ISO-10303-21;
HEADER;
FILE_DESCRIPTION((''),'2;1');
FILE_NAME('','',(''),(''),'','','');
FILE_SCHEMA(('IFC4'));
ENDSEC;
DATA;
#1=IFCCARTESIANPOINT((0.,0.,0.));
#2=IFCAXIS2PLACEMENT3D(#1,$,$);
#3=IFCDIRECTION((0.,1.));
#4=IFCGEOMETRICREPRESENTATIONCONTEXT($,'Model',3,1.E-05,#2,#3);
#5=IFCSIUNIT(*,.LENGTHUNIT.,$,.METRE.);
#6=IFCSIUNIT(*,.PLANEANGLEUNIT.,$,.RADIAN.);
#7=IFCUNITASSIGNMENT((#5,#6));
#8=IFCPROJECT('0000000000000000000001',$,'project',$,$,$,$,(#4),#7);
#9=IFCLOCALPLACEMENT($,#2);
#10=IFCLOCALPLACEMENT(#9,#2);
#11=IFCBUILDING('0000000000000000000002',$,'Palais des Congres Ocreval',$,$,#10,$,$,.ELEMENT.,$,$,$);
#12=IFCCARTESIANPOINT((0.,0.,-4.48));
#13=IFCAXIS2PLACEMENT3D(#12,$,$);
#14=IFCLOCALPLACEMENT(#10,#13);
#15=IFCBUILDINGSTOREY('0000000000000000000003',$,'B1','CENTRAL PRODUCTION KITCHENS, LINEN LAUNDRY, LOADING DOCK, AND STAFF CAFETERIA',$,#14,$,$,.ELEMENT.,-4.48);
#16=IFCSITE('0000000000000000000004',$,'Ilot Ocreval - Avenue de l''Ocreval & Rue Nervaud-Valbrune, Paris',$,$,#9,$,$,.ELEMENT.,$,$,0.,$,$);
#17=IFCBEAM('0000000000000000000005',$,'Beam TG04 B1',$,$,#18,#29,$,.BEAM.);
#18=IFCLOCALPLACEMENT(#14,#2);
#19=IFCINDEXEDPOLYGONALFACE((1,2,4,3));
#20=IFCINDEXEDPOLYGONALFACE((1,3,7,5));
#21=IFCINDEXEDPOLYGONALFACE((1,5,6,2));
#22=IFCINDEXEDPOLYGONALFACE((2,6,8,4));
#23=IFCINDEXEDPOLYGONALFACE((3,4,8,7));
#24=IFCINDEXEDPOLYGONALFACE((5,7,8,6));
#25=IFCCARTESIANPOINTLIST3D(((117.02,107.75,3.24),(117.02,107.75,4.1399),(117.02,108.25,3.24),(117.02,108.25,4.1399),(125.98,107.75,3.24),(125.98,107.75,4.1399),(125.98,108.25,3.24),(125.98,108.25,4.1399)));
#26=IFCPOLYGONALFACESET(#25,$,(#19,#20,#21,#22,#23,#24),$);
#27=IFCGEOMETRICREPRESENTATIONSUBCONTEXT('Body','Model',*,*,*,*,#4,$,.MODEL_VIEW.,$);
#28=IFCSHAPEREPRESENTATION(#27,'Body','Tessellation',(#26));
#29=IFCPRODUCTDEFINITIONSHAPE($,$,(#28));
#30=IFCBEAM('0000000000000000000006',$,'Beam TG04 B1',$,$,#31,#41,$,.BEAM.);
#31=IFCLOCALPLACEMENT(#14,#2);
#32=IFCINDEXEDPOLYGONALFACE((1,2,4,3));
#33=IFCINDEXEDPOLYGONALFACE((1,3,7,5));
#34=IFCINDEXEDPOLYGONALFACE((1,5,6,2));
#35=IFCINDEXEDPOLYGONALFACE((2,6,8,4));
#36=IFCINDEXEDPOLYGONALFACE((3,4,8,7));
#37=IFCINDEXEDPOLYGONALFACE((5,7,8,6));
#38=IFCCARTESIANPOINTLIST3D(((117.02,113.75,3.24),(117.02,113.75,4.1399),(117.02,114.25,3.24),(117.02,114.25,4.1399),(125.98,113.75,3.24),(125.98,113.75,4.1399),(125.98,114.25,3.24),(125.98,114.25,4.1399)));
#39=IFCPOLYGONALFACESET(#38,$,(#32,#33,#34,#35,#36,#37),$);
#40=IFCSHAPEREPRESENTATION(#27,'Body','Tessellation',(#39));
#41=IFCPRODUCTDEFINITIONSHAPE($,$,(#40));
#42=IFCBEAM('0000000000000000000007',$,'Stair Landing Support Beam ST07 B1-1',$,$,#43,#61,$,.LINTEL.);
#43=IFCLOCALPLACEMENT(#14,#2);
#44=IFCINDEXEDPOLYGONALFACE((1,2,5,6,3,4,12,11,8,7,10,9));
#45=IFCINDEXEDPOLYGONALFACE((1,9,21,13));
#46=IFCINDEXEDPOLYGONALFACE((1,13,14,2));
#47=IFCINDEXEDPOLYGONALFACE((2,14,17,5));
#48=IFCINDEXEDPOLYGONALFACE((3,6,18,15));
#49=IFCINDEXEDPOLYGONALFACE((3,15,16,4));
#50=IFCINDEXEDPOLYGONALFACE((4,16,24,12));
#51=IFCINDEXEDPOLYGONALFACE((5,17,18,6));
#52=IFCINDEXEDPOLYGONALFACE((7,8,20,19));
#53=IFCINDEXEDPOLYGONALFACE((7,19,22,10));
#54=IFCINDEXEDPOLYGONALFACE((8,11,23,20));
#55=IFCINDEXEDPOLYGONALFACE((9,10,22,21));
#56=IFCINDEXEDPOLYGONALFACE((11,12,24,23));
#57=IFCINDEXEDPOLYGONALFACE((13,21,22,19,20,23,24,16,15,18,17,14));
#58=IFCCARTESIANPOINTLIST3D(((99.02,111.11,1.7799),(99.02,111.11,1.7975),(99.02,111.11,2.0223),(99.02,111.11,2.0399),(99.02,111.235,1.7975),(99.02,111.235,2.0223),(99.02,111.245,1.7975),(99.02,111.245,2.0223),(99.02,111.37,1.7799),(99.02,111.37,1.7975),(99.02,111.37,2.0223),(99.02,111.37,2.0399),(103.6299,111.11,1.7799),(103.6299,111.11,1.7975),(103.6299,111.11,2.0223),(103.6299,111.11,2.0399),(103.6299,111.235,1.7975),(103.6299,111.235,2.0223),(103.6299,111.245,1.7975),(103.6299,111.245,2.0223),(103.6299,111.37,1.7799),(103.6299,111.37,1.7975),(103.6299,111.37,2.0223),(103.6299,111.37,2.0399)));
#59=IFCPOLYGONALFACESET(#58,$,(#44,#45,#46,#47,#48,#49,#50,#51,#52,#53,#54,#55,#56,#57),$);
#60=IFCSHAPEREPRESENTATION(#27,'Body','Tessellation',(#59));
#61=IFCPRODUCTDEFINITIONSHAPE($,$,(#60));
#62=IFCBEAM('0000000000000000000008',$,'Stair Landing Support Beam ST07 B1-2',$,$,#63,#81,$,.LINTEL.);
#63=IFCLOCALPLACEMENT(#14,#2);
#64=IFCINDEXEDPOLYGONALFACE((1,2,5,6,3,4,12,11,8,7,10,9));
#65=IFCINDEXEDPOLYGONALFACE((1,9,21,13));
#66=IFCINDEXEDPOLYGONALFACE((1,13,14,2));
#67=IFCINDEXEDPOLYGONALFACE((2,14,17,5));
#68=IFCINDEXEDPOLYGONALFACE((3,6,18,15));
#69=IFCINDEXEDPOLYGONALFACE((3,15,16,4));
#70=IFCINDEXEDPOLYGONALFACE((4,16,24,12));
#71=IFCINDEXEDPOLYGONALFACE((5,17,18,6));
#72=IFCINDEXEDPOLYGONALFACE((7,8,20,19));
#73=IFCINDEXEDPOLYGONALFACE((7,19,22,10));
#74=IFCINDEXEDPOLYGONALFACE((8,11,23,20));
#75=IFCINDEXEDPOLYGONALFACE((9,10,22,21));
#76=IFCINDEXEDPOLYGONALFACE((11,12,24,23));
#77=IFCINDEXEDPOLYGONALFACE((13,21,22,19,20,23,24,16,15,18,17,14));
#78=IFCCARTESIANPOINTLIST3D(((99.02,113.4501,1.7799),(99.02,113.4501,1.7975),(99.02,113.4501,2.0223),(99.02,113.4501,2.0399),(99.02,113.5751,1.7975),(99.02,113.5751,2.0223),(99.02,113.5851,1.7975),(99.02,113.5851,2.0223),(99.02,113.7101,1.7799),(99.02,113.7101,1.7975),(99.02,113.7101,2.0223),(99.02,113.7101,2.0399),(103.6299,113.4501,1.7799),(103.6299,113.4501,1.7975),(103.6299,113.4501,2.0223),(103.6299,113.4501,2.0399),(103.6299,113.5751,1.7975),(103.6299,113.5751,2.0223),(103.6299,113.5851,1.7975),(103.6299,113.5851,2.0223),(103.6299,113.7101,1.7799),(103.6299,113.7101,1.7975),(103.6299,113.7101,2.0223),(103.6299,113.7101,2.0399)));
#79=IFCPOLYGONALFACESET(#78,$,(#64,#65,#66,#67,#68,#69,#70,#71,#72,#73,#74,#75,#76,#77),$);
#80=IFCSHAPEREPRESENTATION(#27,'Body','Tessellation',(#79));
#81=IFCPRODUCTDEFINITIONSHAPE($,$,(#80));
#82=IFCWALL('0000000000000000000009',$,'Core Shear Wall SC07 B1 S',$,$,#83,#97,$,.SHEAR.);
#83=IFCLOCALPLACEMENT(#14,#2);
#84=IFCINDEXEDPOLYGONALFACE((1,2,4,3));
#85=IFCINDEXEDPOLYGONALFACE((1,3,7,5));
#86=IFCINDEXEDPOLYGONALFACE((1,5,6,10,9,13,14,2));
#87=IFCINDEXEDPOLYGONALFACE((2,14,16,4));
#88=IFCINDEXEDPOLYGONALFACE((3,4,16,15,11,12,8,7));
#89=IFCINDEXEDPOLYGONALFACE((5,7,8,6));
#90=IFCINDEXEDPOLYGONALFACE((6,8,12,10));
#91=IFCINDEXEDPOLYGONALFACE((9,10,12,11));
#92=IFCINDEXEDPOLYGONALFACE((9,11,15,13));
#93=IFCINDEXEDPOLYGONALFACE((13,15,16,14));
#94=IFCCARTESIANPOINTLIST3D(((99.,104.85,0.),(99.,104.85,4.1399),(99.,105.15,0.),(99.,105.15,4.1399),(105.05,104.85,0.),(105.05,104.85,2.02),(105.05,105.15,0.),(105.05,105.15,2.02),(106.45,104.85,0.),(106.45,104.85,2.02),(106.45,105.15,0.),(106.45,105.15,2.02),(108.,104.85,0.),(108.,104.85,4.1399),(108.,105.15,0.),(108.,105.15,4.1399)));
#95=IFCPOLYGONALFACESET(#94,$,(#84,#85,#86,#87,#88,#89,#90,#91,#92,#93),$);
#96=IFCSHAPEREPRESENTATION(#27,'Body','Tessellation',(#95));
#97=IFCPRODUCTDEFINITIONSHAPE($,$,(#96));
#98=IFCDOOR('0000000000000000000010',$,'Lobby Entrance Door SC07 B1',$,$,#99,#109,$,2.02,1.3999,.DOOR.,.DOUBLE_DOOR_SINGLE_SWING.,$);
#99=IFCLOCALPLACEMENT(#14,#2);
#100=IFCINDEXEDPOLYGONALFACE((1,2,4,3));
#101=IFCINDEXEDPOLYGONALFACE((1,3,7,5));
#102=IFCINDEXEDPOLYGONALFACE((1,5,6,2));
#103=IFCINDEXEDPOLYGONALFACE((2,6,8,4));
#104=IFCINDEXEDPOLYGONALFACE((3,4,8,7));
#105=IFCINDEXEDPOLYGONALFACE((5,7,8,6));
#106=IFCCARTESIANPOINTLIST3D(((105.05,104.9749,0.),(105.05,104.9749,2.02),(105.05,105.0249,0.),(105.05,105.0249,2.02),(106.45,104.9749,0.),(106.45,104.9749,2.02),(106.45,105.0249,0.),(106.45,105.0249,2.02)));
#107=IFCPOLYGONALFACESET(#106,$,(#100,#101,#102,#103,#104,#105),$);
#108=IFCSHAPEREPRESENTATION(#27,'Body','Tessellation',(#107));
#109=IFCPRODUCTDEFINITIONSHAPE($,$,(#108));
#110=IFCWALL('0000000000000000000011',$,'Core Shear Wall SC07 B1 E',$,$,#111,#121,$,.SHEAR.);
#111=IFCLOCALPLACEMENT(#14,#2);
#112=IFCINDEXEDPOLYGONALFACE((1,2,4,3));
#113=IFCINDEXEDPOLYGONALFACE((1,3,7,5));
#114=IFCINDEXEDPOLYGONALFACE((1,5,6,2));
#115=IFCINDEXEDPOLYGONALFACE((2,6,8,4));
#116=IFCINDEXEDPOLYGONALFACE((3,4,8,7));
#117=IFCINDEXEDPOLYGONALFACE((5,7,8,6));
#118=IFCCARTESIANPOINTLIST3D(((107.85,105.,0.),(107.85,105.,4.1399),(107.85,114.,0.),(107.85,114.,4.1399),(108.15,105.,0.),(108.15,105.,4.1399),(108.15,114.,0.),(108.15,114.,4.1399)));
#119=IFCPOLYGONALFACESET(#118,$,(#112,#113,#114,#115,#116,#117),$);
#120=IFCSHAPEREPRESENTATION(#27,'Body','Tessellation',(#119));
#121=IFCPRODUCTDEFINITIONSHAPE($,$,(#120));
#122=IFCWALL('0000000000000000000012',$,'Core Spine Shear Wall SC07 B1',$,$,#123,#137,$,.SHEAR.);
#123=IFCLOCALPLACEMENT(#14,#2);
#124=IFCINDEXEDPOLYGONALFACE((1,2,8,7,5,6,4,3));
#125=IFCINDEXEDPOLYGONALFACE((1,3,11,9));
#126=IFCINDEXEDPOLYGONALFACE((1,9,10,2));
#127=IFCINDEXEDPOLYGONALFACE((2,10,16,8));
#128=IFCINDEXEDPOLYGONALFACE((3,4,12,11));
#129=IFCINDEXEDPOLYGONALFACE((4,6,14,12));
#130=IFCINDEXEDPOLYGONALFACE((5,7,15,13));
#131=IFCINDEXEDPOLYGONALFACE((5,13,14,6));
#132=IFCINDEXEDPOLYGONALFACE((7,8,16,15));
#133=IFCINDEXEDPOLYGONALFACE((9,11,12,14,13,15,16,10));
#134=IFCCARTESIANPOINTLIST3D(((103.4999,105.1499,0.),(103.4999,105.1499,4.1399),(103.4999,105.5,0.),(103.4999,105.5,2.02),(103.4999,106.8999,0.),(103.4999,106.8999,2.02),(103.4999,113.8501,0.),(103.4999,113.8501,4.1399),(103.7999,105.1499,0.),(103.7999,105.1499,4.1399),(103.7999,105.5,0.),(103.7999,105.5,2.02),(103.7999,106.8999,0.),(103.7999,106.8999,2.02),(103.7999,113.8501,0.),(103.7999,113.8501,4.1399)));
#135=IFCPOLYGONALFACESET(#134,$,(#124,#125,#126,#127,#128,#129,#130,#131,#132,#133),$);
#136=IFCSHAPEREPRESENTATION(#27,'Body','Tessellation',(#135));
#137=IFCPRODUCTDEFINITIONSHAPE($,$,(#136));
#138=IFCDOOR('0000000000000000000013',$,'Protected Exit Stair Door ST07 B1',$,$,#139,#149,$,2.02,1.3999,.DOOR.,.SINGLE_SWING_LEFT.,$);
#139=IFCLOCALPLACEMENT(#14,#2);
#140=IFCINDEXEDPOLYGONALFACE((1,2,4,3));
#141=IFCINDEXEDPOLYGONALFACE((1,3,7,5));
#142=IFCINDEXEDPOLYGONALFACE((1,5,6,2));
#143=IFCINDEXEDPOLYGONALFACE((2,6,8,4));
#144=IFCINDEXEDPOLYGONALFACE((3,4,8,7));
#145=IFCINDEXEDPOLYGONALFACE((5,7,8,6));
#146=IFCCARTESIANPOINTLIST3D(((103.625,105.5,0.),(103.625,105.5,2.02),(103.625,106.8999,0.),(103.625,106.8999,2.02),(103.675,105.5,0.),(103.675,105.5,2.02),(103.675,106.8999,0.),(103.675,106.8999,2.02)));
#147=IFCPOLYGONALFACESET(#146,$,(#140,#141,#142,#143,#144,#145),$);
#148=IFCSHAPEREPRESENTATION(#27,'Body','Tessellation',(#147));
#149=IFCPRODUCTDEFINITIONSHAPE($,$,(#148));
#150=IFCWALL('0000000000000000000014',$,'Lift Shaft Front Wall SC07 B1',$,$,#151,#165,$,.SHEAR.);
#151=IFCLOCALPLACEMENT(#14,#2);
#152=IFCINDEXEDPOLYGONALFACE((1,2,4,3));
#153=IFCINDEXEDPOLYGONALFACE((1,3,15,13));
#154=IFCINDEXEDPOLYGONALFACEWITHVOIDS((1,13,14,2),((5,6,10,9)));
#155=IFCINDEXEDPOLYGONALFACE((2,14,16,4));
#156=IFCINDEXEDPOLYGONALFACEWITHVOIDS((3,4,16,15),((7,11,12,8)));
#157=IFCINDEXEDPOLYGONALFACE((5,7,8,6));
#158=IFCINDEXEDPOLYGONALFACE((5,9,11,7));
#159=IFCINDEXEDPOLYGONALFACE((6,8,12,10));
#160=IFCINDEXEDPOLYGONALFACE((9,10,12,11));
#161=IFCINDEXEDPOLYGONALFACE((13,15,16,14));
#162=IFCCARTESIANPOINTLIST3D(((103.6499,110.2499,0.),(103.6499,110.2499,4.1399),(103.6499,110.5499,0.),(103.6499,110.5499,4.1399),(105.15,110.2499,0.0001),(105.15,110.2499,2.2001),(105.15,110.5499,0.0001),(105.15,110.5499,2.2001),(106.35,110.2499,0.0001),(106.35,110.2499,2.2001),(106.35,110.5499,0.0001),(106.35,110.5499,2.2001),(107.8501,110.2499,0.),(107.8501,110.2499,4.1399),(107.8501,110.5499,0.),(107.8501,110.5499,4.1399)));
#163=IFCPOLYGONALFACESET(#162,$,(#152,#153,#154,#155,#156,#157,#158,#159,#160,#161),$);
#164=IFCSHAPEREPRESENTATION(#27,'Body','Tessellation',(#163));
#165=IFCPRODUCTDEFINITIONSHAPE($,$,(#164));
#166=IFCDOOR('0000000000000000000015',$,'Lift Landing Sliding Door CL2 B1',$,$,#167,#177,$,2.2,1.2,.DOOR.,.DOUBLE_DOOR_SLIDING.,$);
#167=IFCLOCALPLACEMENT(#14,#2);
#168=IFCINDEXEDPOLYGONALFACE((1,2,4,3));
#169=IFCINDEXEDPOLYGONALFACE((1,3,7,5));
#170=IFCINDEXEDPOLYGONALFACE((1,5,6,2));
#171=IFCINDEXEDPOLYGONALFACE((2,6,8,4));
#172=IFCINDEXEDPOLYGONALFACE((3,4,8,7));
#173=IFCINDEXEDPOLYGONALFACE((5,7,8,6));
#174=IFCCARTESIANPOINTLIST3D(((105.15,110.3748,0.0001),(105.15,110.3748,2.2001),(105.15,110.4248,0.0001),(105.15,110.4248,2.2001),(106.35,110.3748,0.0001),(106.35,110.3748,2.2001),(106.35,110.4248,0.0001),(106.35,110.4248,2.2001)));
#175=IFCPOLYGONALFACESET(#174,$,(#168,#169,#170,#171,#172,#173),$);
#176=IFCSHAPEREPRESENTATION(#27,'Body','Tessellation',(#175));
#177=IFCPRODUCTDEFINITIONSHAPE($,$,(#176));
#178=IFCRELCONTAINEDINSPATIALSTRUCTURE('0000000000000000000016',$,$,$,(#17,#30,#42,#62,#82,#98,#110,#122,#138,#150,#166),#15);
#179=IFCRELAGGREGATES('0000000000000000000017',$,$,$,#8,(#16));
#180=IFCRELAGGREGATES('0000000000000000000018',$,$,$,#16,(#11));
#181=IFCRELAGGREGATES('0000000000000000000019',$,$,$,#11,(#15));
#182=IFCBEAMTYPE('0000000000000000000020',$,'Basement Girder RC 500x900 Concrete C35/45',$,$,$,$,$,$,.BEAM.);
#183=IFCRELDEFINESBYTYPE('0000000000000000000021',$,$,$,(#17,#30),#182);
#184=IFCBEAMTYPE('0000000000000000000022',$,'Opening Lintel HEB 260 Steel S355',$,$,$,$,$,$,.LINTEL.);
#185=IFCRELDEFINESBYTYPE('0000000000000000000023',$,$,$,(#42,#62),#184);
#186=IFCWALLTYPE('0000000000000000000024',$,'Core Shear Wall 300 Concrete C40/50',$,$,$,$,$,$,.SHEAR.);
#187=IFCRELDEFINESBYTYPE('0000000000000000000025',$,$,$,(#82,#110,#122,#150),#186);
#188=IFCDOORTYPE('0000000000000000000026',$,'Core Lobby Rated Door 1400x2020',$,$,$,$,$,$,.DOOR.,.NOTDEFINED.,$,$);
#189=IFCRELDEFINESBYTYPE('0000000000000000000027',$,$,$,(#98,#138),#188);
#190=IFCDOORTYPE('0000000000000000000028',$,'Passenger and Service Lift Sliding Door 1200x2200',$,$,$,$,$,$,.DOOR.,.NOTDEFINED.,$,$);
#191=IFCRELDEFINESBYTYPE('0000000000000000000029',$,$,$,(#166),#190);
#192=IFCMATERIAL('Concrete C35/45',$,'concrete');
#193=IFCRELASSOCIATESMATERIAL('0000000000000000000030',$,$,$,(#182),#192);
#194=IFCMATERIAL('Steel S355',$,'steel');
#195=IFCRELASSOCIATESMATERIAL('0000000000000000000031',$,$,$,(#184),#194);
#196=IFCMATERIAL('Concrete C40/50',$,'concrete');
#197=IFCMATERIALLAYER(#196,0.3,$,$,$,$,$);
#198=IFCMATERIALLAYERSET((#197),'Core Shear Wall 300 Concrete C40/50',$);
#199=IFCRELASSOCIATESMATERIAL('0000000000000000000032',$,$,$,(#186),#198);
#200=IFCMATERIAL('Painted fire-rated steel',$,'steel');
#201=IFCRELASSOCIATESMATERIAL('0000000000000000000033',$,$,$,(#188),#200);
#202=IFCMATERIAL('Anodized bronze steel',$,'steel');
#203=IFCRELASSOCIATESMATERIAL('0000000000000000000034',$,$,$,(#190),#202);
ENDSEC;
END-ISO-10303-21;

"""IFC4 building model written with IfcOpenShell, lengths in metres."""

from ifc_helpers import new_model, si_unit, direction, frame, frame_2d, origin, origin_2d, place, context, subcontext, project, spatial, rectangle, i_section, extrude, material, layer, layer_set, material_profile, profile_set, type_object, element, fill, save


model = new_model("IFC4")

# Units and contexts
model_context = context("Model", 3, precision=1e-05, world=origin(), true_north=direction((0.0, 1.0)))
body_context = subcontext(model_context, "Body", "Model", "MODEL_VIEW")
ifc_project = project(units=[si_unit("LENGTHUNIT", "METRE"), si_unit("PLANEANGLEUNIT", "RADIAN")], contexts=[model_context])

# Site, building, storey
site_placement = place(None, origin())
site = spatial("IfcSite", under=ifc_project, at=site_placement, Name="Ilot Ocreval - Avenue de l'Ocreval & Rue Nervaud-Valbrune, Paris", CompositionType="ELEMENT", RefElevation=0.0)
building_placement = place(site_placement, origin())
building = spatial("IfcBuilding", under=site, at=building_placement, Name="Palais des Congres Ocreval", CompositionType="ELEMENT")
storey_placement = place(building_placement, frame((0.0, 0.0, -4.48)))
storey = spatial("IfcBuildingStorey", under=building, at=storey_placement, Name="B1", Description="CENTRAL PRODUCTION KITCHENS, LINEN LAUNDRY, LOADING DOCK, AND STAFF CAFETERIA", CompositionType="ELEMENT", Elevation=-4.48)

# Shared definitions
ifc_material_1 = material(Name="Steel S355", Category="steel")

# Beams
ifc_material_2 = material(Name="Concrete C35/45", Category="concrete")
ifc_material_profile_1 = material_profile(ifc_material_2, rectangle(XDim=0.5, YDim=0.8999, at=origin_2d()), Name="RC 500x900")
ifc_profile_set_1 = profile_set([ifc_material_profile_1], Name="Concrete C35/45")
beam_type_1 = type_object("IfcBeamType", Name="Basement Girder RC 500x900 Concrete C35/45", PredefinedType="BEAM", material=ifc_profile_set_1)
for number, where, z_axis, x_axis, name in (
    (1, (117.02, 108.0, 3.6899), (1.0, 0.0, 0.0), (0.0, 1.0, 0.0), "Beam TG04 B1"),
    (2, (117.02, 114.0, 3.6899), (1.0, 0.0, 0.0), (0.0, 1.0, 0.0), "Beam TG04 B1"),
):
    element("IfcBeam", number, at=place(storey_placement, frame(where, z_axis=z_axis, x_axis=x_axis)), inside=storey, type_object=beam_type_1, Name=name, PredefinedType="BEAM", context=body_context, shape_type="SweptSolid", body=[
        extrude(rectangle(XDim=0.5, YDim=0.8999, at=origin_2d()), origin(), (0.0, 0.0, 1.0), 8.96),
    ])
ifc_material_profile_2 = material_profile(ifc_material_1, i_section(OverallWidth=0.26, OverallDepth=0.26, WebThickness=0.01, FlangeThickness=0.0176, at=origin_2d()), Name="HEB 260")
ifc_profile_set_2 = profile_set([ifc_material_profile_2], Name="Steel S355")
beam_type_2 = type_object("IfcBeamType", Name="Opening Lintel HEB 260 Steel S355", PredefinedType="LINTEL", material=ifc_profile_set_2)
for number, where, z_axis, x_axis, name in (
    (3, (99.02, 111.24, 1.9099), (1.0, 0.0, 0.0), (0.0, 1.0, 0.0), "Stair Landing Support Beam ST07 B1-1"),
    (4, (99.02, 113.5801, 1.9099), (1.0, 0.0, 0.0), (0.0, 1.0, 0.0), "Stair Landing Support Beam ST07 B1-2"),
):
    element("IfcBeam", number, at=place(storey_placement, frame(where, z_axis=z_axis, x_axis=x_axis)), inside=storey, type_object=beam_type_2, Name=name, PredefinedType="LINTEL", context=body_context, shape_type="SweptSolid", body=[
        extrude(i_section(OverallWidth=0.26, OverallDepth=0.26, WebThickness=0.01, FlangeThickness=0.0176, at=origin_2d()), origin(), (0.0, 0.0, 1.0), 4.6099),
    ])

# Wall, opening, door
ifc_material_3 = material(Name="Concrete C40/50", Category="concrete")
ifc_layer_1 = layer(ifc_material_3, 0.3)
ifc_layer_set_1 = layer_set([ifc_layer_1], Name="Core Shear Wall 300 Concrete C40/50")
wall_type_1 = type_object("IfcWallType", Name="Core Shear Wall 300 Concrete C40/50", PredefinedType="SHEAR", material=ifc_layer_set_1)
wall_1_placement = place(storey_placement, frame((99.0, 105.0, 0.0), z_axis=(0.0, 0.0, 1.0), x_axis=(1.0, 0.0, 0.0)))
wall_1 = element("IfcWall", 5, at=wall_1_placement, inside=storey, type_object=wall_type_1, Name="Core Shear Wall SC07 B1 S", PredefinedType="SHEAR", context=body_context, shape_type="SweptSolid", body=[
    extrude(rectangle(XDim=9.0, YDim=0.3, at=frame_2d((4.5, 0.0))), origin(), (0.0, 0.0, 1.0), 4.1399),
])
opening_1_placement = place(wall_1_placement, frame((6.05, 0.0, 0.0)))
opening_1 = element("IfcOpeningElement", 6, at=opening_1_placement, cuts=wall_1, PredefinedType="OPENING", context=body_context, shape_type="SweptSolid", body=[
    extrude(rectangle(XDim=1.3999, YDim=2.02, at=frame_2d((0.7, 1.01))), frame((0.0, 0.1599, 0.0), z_axis=(0.0, -1.0, 0.0), x_axis=(1.0, 0.0, 0.0)), (0.0, 0.0, 1.0), 0.3201),
])
ifc_material_4 = material(Name="Painted fire-rated steel", Category="steel")
door_type_1 = type_object("IfcDoorType", Name="Core Lobby Rated Door 1400x2020", OperationType="NOTDEFINED", PredefinedType="DOOR", material=ifc_material_4)
door_1_placement = place(opening_1_placement, origin())
door_1 = element("IfcDoor", 7, at=door_1_placement, inside=storey, type_object=door_type_1, Name="Lobby Entrance Door SC07 B1", OperationType="DOUBLE_DOOR_SINGLE_SWING", OverallHeight=2.02, OverallWidth=1.3999, PredefinedType="DOOR", context=body_context, shape_type="SweptSolid", body=[
    extrude(rectangle(XDim=1.3999, YDim=2.02, at=frame_2d((0.7, 1.01))), frame((0.0, 0.0249, 0.0), z_axis=(0.0, -1.0, 0.0), x_axis=(1.0, 0.0, 0.0)), (0.0, 0.0, 1.0), 0.05),
])
fill(opening_1, door_1)

# Wall
wall_2_placement = place(storey_placement, frame((108.0, 105.0, 0.0), z_axis=(0.0, 0.0, 1.0), x_axis=(0.0, 1.0, 0.0)))
element("IfcWall", 8, at=wall_2_placement, inside=storey, type_object=wall_type_1, Name="Core Shear Wall SC07 B1 E", PredefinedType="SHEAR", context=body_context, shape_type="SweptSolid", body=[
    extrude(rectangle(XDim=9.0, YDim=0.3, at=frame_2d((4.5, 0.0))), origin(), (0.0, 0.0, 1.0), 4.1399),
])

# Walls, openings, doors
wall_3_placement = place(storey_placement, frame((103.6499, 105.1499, 0.0), z_axis=(0.0, 0.0, 1.0), x_axis=(0.0, 1.0, 0.0)))
wall_3 = element("IfcWall", 9, at=wall_3_placement, inside=storey, type_object=wall_type_1, Name="Core Spine Shear Wall SC07 B1", PredefinedType="SHEAR", context=body_context, shape_type="SweptSolid", body=[
    extrude(rectangle(XDim=8.7002, YDim=0.3, at=frame_2d((4.3501, 0.0))), origin(), (0.0, 0.0, 1.0), 4.1399),
])
opening_2_placement = place(wall_3_placement, frame((0.3501, 0.0, 0.0)))
opening_2 = element("IfcOpeningElement", 10, at=opening_2_placement, cuts=wall_3, PredefinedType="OPENING", context=body_context, shape_type="SweptSolid", body=[
    extrude(rectangle(XDim=1.3999, YDim=2.02, at=frame_2d((0.7, 1.01))), frame((0.0, 0.1599, 0.0), z_axis=(0.0, -1.0, 0.0), x_axis=(1.0, 0.0, 0.0)), (0.0, 0.0, 1.0), 0.3201),
])
door_2_placement = place(opening_2_placement, origin())
door_2 = element("IfcDoor", 11, at=door_2_placement, inside=storey, type_object=door_type_1, Name="Protected Exit Stair Door ST07 B1", OperationType="SINGLE_SWING_LEFT", OverallHeight=2.02, OverallWidth=1.3999, PredefinedType="DOOR", context=body_context, shape_type="SweptSolid", body=[
    extrude(rectangle(XDim=1.3999, YDim=2.02, at=frame_2d((0.7, 1.01))), frame((0.0, 0.0249, 0.0), z_axis=(0.0, -1.0, 0.0), x_axis=(1.0, 0.0, 0.0)), (0.0, 0.0, 1.0), 0.05),
])
fill(opening_2, door_2)
wall_4_placement = place(storey_placement, frame((103.6499, 110.3999, 0.0), z_axis=(0.0, 0.0, 1.0), x_axis=(1.0, 0.0, 0.0)))
wall_4 = element("IfcWall", 12, at=wall_4_placement, inside=storey, type_object=wall_type_1, Name="Lift Shaft Front Wall SC07 B1", PredefinedType="SHEAR", context=body_context, shape_type="SweptSolid", body=[
    extrude(rectangle(XDim=4.2002, YDim=0.3, at=frame_2d((2.1001, 0.0))), origin(), (0.0, 0.0, 1.0), 4.1399),
])
opening_3_placement = place(wall_4_placement, frame((1.5, 0.0, 0.0)))
opening_3 = element("IfcOpeningElement", 13, at=opening_3_placement, cuts=wall_4, PredefinedType="OPENING", context=body_context, shape_type="SweptSolid", body=[
    extrude(rectangle(XDim=1.2, YDim=2.2, at=frame_2d((0.6001, 1.1001))), frame((0.0, 0.1599, 0.0), z_axis=(0.0, -1.0, 0.0), x_axis=(1.0, 0.0, 0.0)), (0.0, 0.0, 1.0), 0.3201),
])
ifc_material_5 = material(Name="Anodized bronze steel", Category="steel")
door_type_2 = type_object("IfcDoorType", Name="Passenger and Service Lift Sliding Door 1200x2200", OperationType="NOTDEFINED", PredefinedType="DOOR", material=ifc_material_5)
door_3_placement = place(opening_3_placement, origin())
door_3 = element("IfcDoor", 14, at=door_3_placement, inside=storey, type_object=door_type_2, Name="Lift Landing Sliding Door CL2 B1", OperationType="DOUBLE_DOOR_SLIDING", OverallHeight=2.2, OverallWidth=1.2, PredefinedType="DOOR", context=body_context, shape_type="SweptSolid", body=[
    extrude(rectangle(XDim=1.2, YDim=2.2, at=frame_2d((0.6001, 1.1001))), frame((0.0, 0.0249, 0.0), z_axis=(0.0, -1.0, 0.0), x_axis=(1.0, 0.0, 0.0)), (0.0, 0.0, 1.0), 0.05),
])
fill(opening_3, door_3)

save(model, "model.ifc")
